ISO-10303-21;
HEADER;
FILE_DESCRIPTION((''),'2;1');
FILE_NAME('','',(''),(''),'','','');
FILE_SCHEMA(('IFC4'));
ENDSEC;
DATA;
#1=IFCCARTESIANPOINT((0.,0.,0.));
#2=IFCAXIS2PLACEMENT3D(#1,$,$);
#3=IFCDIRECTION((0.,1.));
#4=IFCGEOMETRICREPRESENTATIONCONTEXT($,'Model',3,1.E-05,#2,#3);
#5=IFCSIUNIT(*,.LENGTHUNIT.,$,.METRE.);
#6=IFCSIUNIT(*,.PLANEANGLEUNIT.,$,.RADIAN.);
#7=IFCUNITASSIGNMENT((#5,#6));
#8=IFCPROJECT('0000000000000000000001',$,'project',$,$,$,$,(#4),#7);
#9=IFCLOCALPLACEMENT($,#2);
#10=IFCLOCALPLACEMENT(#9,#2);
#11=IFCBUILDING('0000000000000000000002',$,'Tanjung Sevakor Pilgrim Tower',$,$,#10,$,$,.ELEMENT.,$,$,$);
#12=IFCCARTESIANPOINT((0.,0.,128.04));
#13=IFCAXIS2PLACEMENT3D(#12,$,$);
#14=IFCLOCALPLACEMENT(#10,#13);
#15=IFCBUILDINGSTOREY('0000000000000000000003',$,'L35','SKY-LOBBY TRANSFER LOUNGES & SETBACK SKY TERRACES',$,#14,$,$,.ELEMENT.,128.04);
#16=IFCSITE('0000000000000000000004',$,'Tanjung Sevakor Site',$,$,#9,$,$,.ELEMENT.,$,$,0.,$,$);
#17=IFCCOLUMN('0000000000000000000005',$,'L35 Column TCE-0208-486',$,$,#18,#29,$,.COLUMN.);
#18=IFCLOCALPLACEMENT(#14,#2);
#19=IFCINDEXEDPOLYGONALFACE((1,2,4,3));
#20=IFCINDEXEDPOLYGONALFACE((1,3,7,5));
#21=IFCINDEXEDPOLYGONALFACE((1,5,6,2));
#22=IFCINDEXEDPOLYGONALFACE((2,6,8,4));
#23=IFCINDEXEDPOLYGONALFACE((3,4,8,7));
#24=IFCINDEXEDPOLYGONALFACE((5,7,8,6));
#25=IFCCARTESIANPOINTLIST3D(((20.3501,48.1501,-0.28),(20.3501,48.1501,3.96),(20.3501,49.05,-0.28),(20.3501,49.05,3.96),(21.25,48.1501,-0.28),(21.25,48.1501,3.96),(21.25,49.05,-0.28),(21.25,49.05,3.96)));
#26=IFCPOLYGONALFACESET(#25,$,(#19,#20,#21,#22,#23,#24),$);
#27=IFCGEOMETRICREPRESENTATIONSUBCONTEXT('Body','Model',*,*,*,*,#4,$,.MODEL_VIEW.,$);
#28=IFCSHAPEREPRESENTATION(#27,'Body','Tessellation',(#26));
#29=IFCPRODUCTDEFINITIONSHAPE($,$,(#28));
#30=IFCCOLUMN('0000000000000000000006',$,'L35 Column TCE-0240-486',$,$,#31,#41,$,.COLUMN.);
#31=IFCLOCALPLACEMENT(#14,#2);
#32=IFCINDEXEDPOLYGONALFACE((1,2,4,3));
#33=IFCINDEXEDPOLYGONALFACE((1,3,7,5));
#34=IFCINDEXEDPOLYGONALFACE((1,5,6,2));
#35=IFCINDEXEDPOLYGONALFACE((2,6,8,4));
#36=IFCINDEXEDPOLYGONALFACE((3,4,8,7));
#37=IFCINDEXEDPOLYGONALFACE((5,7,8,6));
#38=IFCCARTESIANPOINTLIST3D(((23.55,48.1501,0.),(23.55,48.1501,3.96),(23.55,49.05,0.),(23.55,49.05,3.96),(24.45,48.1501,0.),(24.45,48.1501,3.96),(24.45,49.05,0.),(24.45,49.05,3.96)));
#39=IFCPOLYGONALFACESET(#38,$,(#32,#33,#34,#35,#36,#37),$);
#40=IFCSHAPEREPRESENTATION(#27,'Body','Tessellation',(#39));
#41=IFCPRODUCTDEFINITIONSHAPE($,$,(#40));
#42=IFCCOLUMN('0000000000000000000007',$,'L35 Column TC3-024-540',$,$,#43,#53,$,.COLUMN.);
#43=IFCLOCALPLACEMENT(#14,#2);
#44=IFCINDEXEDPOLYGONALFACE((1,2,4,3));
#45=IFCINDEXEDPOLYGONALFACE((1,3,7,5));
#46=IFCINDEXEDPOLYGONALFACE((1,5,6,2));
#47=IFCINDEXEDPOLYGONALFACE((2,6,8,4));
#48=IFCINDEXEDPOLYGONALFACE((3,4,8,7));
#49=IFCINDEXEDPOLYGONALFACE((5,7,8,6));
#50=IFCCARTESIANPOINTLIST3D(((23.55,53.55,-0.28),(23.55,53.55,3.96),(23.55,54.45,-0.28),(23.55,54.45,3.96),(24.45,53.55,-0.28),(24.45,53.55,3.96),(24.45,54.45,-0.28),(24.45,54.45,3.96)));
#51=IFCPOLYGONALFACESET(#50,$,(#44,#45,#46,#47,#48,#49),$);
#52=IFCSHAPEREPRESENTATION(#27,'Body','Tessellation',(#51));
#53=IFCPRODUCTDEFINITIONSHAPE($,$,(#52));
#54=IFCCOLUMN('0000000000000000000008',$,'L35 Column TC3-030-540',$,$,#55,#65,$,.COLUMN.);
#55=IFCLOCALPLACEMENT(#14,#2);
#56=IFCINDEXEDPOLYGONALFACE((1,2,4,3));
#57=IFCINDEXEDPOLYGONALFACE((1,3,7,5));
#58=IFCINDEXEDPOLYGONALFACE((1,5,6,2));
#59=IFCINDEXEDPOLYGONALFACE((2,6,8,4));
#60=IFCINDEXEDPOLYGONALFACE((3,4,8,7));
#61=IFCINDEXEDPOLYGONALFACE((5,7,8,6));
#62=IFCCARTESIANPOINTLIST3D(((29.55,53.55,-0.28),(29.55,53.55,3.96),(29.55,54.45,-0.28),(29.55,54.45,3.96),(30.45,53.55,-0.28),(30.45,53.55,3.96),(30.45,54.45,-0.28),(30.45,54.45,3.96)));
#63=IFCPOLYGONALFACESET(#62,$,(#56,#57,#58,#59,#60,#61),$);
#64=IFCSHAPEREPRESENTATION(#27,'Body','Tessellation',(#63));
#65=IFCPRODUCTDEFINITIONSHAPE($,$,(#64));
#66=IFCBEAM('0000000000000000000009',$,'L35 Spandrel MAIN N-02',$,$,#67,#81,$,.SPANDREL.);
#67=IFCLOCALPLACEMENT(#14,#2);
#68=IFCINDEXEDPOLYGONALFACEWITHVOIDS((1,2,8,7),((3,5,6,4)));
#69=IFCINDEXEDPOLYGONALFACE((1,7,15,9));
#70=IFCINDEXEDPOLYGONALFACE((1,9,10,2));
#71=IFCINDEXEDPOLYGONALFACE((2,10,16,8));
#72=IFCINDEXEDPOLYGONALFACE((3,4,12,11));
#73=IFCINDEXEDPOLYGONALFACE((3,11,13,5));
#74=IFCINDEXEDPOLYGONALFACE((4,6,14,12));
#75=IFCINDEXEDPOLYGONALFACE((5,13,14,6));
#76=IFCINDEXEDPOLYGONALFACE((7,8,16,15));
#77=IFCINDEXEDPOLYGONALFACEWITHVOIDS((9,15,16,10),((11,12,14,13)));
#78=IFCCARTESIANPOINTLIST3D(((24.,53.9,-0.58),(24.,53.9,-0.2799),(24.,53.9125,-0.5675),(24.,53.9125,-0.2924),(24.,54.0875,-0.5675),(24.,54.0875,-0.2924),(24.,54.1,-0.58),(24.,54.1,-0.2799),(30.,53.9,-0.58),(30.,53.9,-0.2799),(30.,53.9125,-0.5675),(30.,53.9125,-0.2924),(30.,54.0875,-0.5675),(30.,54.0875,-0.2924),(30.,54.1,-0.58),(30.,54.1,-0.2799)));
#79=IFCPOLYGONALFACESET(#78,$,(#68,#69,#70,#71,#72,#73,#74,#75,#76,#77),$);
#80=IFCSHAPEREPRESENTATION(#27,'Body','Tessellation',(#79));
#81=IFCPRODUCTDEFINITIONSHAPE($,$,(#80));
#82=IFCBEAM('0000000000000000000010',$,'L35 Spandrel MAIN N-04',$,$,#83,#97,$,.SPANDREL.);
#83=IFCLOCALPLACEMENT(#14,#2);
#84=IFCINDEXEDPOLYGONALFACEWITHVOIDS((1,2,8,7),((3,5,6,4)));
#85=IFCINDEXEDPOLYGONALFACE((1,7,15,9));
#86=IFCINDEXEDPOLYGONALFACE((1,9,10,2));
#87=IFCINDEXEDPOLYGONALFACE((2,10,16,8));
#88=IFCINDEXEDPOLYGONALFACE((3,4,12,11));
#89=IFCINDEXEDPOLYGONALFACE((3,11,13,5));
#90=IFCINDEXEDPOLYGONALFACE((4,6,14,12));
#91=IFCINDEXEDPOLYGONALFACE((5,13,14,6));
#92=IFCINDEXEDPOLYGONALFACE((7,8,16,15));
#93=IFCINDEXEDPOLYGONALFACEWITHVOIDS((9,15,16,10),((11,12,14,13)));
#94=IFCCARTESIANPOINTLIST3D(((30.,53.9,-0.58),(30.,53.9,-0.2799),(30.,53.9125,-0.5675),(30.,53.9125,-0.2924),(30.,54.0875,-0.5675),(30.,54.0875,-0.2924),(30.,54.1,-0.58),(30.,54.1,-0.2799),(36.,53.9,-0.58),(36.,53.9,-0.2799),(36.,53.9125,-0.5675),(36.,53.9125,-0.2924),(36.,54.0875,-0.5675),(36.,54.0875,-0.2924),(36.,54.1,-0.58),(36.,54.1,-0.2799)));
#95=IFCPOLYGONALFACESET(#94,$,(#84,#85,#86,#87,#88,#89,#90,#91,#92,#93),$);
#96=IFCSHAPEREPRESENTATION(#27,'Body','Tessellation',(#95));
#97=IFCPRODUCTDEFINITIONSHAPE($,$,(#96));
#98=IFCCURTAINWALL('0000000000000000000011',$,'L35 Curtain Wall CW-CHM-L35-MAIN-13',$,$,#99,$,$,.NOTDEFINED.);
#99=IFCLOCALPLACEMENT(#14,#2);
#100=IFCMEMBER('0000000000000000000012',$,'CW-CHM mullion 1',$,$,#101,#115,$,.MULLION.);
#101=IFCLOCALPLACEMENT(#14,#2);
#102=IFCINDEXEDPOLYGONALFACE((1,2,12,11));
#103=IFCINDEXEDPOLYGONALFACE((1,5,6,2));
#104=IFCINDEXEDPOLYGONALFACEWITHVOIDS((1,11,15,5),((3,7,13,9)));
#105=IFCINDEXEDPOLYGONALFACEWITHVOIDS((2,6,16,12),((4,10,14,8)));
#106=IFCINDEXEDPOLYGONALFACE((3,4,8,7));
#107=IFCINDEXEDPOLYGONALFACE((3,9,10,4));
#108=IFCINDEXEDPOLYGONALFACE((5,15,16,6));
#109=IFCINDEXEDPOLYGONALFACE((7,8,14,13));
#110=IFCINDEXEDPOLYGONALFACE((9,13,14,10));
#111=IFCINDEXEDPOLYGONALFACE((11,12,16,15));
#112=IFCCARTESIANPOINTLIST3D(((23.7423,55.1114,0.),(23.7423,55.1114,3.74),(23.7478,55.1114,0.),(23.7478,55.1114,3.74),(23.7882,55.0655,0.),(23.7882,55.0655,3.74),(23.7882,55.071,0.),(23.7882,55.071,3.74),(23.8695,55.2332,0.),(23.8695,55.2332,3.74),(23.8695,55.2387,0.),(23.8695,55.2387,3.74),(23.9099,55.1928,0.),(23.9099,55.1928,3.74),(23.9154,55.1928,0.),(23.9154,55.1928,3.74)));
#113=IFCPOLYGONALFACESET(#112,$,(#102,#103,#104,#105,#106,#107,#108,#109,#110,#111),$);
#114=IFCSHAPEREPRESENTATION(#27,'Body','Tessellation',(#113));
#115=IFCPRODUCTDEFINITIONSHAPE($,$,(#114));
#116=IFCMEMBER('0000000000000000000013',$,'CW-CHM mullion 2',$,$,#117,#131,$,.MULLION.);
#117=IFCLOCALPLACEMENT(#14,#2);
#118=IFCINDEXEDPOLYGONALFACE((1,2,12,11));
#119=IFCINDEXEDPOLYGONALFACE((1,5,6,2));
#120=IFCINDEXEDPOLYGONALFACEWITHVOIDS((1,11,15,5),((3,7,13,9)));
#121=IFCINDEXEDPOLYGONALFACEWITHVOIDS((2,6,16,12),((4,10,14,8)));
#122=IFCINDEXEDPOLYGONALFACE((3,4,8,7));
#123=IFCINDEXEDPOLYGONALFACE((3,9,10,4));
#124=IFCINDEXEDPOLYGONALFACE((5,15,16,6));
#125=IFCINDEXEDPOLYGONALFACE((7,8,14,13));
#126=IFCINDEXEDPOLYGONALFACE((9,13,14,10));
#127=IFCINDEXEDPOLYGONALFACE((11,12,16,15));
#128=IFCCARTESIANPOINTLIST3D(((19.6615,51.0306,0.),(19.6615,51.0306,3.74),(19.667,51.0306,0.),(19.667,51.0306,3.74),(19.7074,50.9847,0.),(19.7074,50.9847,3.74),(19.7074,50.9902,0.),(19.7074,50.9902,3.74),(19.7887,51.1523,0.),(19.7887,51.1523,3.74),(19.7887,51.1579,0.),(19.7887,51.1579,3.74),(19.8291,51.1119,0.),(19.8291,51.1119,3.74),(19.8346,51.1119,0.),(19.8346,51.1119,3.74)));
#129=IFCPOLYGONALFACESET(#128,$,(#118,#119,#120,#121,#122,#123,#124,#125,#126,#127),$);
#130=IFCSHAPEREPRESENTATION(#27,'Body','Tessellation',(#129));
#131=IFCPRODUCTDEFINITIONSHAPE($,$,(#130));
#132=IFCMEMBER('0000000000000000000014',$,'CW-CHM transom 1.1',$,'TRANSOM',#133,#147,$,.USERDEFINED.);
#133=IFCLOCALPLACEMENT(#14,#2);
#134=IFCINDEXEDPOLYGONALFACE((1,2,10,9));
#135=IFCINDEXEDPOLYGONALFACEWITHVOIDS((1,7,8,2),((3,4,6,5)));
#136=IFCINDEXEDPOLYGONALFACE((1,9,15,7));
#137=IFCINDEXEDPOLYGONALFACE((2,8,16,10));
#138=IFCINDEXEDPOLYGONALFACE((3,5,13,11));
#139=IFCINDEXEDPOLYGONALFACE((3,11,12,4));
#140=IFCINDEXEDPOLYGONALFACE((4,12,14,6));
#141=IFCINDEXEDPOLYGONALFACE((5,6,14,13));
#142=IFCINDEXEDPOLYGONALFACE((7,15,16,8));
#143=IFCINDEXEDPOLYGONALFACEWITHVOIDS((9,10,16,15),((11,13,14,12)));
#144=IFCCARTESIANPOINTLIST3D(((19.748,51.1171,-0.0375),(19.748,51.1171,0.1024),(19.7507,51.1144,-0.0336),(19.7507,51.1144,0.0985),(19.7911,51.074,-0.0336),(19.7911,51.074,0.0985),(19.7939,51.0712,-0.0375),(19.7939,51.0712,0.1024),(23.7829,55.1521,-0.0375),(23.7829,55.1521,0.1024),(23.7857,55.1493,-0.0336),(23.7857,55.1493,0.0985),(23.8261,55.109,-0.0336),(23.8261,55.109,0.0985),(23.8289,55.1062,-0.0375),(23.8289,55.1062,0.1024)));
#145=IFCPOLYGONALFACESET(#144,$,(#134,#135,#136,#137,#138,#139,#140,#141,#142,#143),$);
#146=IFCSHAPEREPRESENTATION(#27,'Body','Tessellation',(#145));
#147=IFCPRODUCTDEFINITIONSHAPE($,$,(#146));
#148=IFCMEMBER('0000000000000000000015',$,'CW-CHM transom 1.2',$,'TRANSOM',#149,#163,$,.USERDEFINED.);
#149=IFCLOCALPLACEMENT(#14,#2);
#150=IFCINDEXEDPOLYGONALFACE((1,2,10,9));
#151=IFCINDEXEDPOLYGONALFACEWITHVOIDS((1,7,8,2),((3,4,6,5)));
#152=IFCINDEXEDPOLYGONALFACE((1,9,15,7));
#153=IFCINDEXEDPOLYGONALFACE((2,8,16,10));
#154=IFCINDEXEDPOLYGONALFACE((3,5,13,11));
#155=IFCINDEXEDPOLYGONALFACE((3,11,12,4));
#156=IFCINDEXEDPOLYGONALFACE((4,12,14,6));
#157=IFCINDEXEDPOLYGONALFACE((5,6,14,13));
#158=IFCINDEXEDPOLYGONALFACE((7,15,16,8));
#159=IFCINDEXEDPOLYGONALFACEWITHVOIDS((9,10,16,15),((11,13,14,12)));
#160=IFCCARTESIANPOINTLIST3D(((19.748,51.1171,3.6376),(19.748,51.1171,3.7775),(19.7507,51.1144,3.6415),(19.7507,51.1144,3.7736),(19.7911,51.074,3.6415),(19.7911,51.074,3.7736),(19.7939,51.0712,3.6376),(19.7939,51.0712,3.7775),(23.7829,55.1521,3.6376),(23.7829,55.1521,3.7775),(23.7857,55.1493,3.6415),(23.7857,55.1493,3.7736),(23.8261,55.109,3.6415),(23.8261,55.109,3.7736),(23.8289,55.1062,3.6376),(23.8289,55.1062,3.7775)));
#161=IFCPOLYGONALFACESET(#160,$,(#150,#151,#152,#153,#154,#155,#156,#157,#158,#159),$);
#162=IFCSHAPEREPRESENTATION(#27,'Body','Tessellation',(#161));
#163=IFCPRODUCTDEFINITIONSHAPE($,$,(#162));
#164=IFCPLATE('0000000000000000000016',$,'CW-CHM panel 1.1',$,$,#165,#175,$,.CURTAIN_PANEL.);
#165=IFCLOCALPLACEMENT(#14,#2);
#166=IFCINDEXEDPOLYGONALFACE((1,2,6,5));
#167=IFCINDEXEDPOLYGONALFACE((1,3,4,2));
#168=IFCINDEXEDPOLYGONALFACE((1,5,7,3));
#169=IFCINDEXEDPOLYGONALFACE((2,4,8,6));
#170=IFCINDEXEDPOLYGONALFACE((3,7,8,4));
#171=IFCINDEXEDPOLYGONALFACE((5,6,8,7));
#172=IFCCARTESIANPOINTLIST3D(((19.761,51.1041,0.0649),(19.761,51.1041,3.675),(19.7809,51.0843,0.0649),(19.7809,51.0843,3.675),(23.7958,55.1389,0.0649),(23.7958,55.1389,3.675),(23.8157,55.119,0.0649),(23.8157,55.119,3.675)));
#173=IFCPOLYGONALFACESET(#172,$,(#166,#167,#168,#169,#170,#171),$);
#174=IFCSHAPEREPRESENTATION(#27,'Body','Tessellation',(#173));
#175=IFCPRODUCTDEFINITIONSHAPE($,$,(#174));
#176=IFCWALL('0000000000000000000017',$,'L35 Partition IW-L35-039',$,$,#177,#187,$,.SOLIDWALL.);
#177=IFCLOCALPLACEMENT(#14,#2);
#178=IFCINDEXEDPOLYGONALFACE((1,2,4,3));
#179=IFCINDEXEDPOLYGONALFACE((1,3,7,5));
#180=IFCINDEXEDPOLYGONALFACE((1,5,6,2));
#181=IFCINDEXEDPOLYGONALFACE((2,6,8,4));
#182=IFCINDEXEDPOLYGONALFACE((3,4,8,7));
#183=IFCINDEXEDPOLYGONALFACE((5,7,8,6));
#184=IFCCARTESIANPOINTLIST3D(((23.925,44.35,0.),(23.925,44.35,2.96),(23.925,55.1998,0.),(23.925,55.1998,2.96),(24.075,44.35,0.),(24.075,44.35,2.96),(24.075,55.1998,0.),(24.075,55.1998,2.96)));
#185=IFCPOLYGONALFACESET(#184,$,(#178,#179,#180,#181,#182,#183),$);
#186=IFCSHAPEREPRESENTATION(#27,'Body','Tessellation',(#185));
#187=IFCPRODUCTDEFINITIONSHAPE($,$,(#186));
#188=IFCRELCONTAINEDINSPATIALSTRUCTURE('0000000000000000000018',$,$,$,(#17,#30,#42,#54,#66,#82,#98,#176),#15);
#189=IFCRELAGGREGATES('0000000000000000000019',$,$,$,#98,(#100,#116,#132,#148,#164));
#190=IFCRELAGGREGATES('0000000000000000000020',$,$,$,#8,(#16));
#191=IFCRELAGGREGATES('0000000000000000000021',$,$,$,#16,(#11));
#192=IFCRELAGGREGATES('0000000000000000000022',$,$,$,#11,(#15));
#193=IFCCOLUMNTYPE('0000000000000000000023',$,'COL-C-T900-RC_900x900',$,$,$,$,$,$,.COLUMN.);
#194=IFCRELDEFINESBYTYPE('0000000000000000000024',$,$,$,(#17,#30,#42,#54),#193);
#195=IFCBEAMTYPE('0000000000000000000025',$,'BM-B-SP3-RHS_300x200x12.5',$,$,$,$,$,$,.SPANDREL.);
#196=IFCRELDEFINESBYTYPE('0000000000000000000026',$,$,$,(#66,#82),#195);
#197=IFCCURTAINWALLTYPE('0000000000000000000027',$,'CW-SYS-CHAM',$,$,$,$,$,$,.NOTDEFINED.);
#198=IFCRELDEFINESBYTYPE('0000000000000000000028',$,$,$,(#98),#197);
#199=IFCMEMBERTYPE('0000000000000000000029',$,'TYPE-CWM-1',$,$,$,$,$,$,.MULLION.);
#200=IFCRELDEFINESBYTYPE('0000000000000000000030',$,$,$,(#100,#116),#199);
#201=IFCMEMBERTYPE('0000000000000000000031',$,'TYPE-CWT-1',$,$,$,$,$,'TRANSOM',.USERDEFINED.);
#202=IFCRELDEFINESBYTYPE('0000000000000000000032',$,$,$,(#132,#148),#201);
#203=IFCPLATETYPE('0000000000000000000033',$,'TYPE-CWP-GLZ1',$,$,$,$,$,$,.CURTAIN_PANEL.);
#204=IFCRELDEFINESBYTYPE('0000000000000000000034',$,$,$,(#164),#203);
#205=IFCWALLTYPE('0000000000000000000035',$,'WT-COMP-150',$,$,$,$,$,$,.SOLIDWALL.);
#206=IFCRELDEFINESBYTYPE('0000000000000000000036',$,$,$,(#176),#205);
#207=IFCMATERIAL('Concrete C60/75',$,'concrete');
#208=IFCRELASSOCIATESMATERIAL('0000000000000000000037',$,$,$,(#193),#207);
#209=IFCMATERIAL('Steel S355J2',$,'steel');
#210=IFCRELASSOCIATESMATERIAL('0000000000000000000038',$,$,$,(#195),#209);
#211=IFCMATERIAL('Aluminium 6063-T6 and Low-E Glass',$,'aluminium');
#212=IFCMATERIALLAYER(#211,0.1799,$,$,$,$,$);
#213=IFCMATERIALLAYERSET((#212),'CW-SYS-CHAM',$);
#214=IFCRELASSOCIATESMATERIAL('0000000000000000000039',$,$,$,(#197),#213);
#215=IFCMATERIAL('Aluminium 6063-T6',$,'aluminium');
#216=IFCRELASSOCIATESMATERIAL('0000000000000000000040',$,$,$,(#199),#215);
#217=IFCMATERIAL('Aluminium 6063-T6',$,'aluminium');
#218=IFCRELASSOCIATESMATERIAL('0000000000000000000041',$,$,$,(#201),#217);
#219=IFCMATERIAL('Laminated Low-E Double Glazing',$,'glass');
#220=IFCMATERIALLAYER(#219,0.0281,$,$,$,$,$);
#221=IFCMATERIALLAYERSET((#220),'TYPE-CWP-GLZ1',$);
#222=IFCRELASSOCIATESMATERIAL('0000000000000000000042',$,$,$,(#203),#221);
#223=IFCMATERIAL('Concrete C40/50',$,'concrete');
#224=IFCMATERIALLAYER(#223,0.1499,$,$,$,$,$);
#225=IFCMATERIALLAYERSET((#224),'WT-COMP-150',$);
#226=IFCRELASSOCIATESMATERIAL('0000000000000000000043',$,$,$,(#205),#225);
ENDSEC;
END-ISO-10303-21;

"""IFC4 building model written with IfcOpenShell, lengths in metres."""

from ifc_helpers import new_model, si_unit, direction, frame, frame_2d, origin, origin_2d, place, context, subcontext, project, spatial, rectangle, hollow_rectangle, extrude, material, layer, layer_set, material_profile, profile_set, type_object, element, aggregate, save


model = new_model("IFC4")

# Units and contexts
model_context = context("Model", 3, precision=1e-05, world=origin(), true_north=direction((0.0, 1.0)))
body_context = subcontext(model_context, "Body", "Model", "MODEL_VIEW")
ifc_project = project(units=[si_unit("LENGTHUNIT", "METRE"), si_unit("PLANEANGLEUNIT", "RADIAN")], contexts=[model_context])

# Site, building, storey
site_placement = place(None, origin())
site = spatial("IfcSite", under=ifc_project, at=site_placement, Name="Tanjung Sevakor Site", CompositionType="ELEMENT", RefElevation=0.0)
building_placement = place(site_placement, origin())
building = spatial("IfcBuilding", under=site, at=building_placement, Name="Tanjung Sevakor Pilgrim Tower", CompositionType="ELEMENT")
storey_placement = place(building_placement, frame((0.0, 0.0, 128.04)))
storey = spatial("IfcBuildingStorey", under=building, at=storey_placement, Name="L35", Description="SKY-LOBBY TRANSFER LOUNGES & SETBACK SKY TERRACES", CompositionType="ELEMENT", Elevation=128.04)

# Columns
ifc_material_1 = material(Name="Concrete C60/75", Category="concrete")
ifc_material_profile_1 = material_profile(ifc_material_1, rectangle(XDim=0.8999, YDim=0.8999, at=origin_2d()))
ifc_profile_set_1 = profile_set([ifc_material_profile_1], Name="Concrete C60/75")
column_type = type_object("IfcColumnType", Name="COL-C-T900-RC_900x900", PredefinedType="COLUMN", material=ifc_profile_set_1)
column_1_placement = place(storey_placement, frame((20.8, 48.6001, -0.28), z_axis=(0.0, 0.0, 1.0), x_axis=(1.0, 0.0, 0.0)))
element("IfcColumn", 1, at=column_1_placement, inside=storey, type_object=column_type, Name="L35 Column TCE-0208-486", PredefinedType="COLUMN", context=body_context, shape_type="SweptSolid", body=[
    extrude(rectangle(XDim=0.8999, YDim=0.8999, at=origin_2d()), origin(), (0.0, 0.0, 1.0), 4.24),
])
column_2_placement = place(storey_placement, frame((24.0, 48.6001, 0.0), z_axis=(0.0, 0.0, 1.0), x_axis=(1.0, 0.0, 0.0)))
element("IfcColumn", 2, at=column_2_placement, inside=storey, type_object=column_type, Name="L35 Column TCE-0240-486", PredefinedType="COLUMN", context=body_context, shape_type="SweptSolid", body=[
    extrude(rectangle(XDim=0.8999, YDim=0.8999, at=origin_2d()), origin(), (0.0, 0.0, 1.0), 3.96),
])
for number, where, z_axis, x_axis, name in (
    (3, (24.0, 54.0, -0.28), (0.0, 0.0, 1.0), (1.0, 0.0, 0.0), "L35 Column TC3-024-540"),
    (4, (30.0, 54.0, -0.28), (0.0, 0.0, 1.0), (1.0, 0.0, 0.0), "L35 Column TC3-030-540"),
):
    element("IfcColumn", number, at=place(storey_placement, frame(where, z_axis=z_axis, x_axis=x_axis)), inside=storey, type_object=column_type, Name=name, PredefinedType="COLUMN", context=body_context, shape_type="SweptSolid", body=[
        extrude(rectangle(XDim=0.8999, YDim=0.8999, at=origin_2d()), origin(), (0.0, 0.0, 1.0), 4.24),
    ])

# Beams
ifc_material_2 = material(Name="Steel S355J2", Category="steel")
ifc_material_profile_2 = material_profile(ifc_material_2, hollow_rectangle(XDim=0.2, YDim=0.3, WallThickness=0.0125, at=origin_2d()))
ifc_profile_set_2 = profile_set([ifc_material_profile_2], Name="Steel S355J2")
beam_type = type_object("IfcBeamType", Name="BM-B-SP3-RHS_300x200x12.5", PredefinedType="SPANDREL", material=ifc_profile_set_2)
for number, where, z_axis, x_axis, name in (
    (5, (24.0, 54.0, -0.4299), (1.0, 0.0, 0.0), (0.0, 1.0, 0.0), "L35 Spandrel MAIN N-02"),
    (6, (30.0, 54.0, -0.4299), (1.0, 0.0, 0.0), (0.0, 1.0, 0.0), "L35 Spandrel MAIN N-04"),
):
    element("IfcBeam", number, at=place(storey_placement, frame(where, z_axis=z_axis, x_axis=x_axis)), inside=storey, type_object=beam_type, Name=name, PredefinedType="SPANDREL", context=body_context, shape_type="SweptSolid", body=[
        extrude(hollow_rectangle(XDim=0.2, YDim=0.3, WallThickness=0.0125, at=origin_2d()), origin(), (0.0, 0.0, 1.0), 6.0),
    ])

# Curtain wall, members, plate
ifc_material_3 = material(Name="Aluminium 6063-T6 and Low-E Glass", Category="aluminium")
ifc_layer_1 = layer(ifc_material_3, 0.1799)
ifc_layer_set_1 = layer_set([ifc_layer_1], Name="CW-SYS-CHAM")
curtain_wall_type = type_object("IfcCurtainWallType", Name="CW-SYS-CHAM", PredefinedType="NOTDEFINED", material=ifc_layer_set_1)
curtain_wall_placement = place(storey_placement, origin())
curtain_wall = element("IfcCurtainWall", 7, at=curtain_wall_placement, inside=storey, type_object=curtain_wall_type, Name="L35 Curtain Wall CW-CHM-L35-MAIN-13", PredefinedType="NOTDEFINED")
ifc_material_4 = material(Name="Aluminium 6063-T6", Category="aluminium")
ifc_material_profile_3 = material_profile(ifc_material_4, hollow_rectangle(XDim=0.0649, YDim=0.1799, WallThickness=0.0039, at=origin_2d()))
ifc_profile_set_3 = profile_set([ifc_material_profile_3], Name="Aluminium 6063-T6")
member_type_1 = type_object("IfcMemberType", Name="TYPE-CWM-1", PredefinedType="MULLION", material=ifc_profile_set_3)
member_1_placement = place(storey_placement, frame((23.8289, 55.1521, 0.0), z_axis=(0.0, 0.0, 1.0), x_axis=(0.707107, -0.707107, 0.0)))
member_1 = element("IfcMember", 8, at=member_1_placement, type_object=member_type_1, Name="CW-CHM mullion 1", PredefinedType="MULLION", context=body_context, shape_type="SweptSolid", body=[
    extrude(hollow_rectangle(XDim=0.0649, YDim=0.1799, WallThickness=0.0039, at=origin_2d()), origin(), (0.0, 0.0, 1.0), 3.74),
])
member_2_placement = place(storey_placement, frame((19.748, 51.0713, 0.0), z_axis=(0.0, 0.0, 1.0), x_axis=(0.707107, -0.707107, 0.0)))
member_2 = element("IfcMember", 9, at=member_2_placement, type_object=member_type_1, Name="CW-CHM mullion 2", PredefinedType="MULLION", context=body_context, shape_type="SweptSolid", body=[
    extrude(hollow_rectangle(XDim=0.0649, YDim=0.1799, WallThickness=0.0039, at=origin_2d()), origin(), (0.0, 0.0, 1.0), 3.74),
])
ifc_material_5 = material(Name="Aluminium 6063-T6", Category="aluminium")
ifc_material_profile_4 = material_profile(ifc_material_5, hollow_rectangle(XDim=0.0649, YDim=0.1399, WallThickness=0.0039, at=origin_2d()))
ifc_profile_set_4 = profile_set([ifc_material_profile_4], Name="Aluminium 6063-T6")
member_type_2 = type_object("IfcMemberType", Name="TYPE-CWT-1", ElementType="TRANSOM", PredefinedType="USERDEFINED", material=ifc_profile_set_4)
member_3_placement = place(storey_placement, frame((23.8059, 55.1292, 0.0325), z_axis=(-0.707107, -0.707107, 0.0), x_axis=(0.707107, -0.707107, 0.0)))
member_3 = element("IfcMember", 10, at=member_3_placement, type_object=member_type_2, Name="CW-CHM transom 1.1", ObjectType="TRANSOM", PredefinedType="USERDEFINED", context=body_context, shape_type="SweptSolid", body=[
    extrude(hollow_rectangle(XDim=0.0649, YDim=0.1399, WallThickness=0.0039, at=origin_2d()), origin(), (0.0, 0.0, 1.0), 5.7063),
])
member_4_placement = place(storey_placement, frame((23.8059, 55.1292, 3.7075), z_axis=(-0.707107, -0.707107, 0.0), x_axis=(0.707107, -0.707107, 0.0)))
member_4 = element("IfcMember", 11, at=member_4_placement, type_object=member_type_2, Name="CW-CHM transom 1.2", ObjectType="TRANSOM", PredefinedType="USERDEFINED", context=body_context, shape_type="SweptSolid", body=[
    extrude(hollow_rectangle(XDim=0.0649, YDim=0.1399, WallThickness=0.0039, at=origin_2d()), origin(), (0.0, 0.0, 1.0), 5.7063),
])
ifc_material_6 = material(Name="Laminated Low-E Double Glazing", Category="glass")
ifc_layer_2 = layer(ifc_material_6, 0.0281)
ifc_layer_set_2 = layer_set([ifc_layer_2], Name="TYPE-CWP-GLZ1")
plate_type = type_object("IfcPlateType", Name="TYPE-CWP-GLZ1", PredefinedType="CURTAIN_PANEL", material=ifc_layer_set_2)
plate_placement = place(storey_placement, frame((21.7883, 53.1116, 0.0649), z_axis=(0.0, 0.0, 1.0), x_axis=(-0.707107, -0.707107, 0.0)))
plate = element("IfcPlate", 12, at=plate_placement, type_object=plate_type, Name="CW-CHM panel 1.1", PredefinedType="CURTAIN_PANEL", context=body_context, shape_type="SweptSolid", body=[
    extrude(rectangle(XDim=5.7061, YDim=0.0281, at=origin_2d()), origin(), (0.0, 0.0, 1.0), 3.6101),
])
aggregate(curtain_wall, [member_1, member_2, member_3, member_4, plate])

# Wall
ifc_material_7 = material(Name="Concrete C40/50", Category="concrete")
ifc_layer_3 = layer(ifc_material_7, 0.1499)
ifc_layer_set_3 = layer_set([ifc_layer_3], Name="WT-COMP-150")
wall_type_1 = type_object("IfcWallType", Name="WT-COMP-150", PredefinedType="SOLIDWALL", material=ifc_layer_set_3)
wall_1_placement = place(storey_placement, frame((24.0, 44.3501, 0.0), z_axis=(0.0, 0.0, 1.0), x_axis=(0.0, 1.0, 0.0)))
element("IfcWall", 13, at=wall_1_placement, inside=storey, type_object=wall_type_1, Name="L35 Partition IW-L35-039", PredefinedType="SOLIDWALL", context=body_context, shape_type="SweptSolid", body=[
    extrude(rectangle(XDim=10.8499, YDim=0.1499, at=frame_2d((5.4248, 0.0))), origin(), (0.0, 0.0, 1.0), 2.96),
])

save(model, "model.ifc")
